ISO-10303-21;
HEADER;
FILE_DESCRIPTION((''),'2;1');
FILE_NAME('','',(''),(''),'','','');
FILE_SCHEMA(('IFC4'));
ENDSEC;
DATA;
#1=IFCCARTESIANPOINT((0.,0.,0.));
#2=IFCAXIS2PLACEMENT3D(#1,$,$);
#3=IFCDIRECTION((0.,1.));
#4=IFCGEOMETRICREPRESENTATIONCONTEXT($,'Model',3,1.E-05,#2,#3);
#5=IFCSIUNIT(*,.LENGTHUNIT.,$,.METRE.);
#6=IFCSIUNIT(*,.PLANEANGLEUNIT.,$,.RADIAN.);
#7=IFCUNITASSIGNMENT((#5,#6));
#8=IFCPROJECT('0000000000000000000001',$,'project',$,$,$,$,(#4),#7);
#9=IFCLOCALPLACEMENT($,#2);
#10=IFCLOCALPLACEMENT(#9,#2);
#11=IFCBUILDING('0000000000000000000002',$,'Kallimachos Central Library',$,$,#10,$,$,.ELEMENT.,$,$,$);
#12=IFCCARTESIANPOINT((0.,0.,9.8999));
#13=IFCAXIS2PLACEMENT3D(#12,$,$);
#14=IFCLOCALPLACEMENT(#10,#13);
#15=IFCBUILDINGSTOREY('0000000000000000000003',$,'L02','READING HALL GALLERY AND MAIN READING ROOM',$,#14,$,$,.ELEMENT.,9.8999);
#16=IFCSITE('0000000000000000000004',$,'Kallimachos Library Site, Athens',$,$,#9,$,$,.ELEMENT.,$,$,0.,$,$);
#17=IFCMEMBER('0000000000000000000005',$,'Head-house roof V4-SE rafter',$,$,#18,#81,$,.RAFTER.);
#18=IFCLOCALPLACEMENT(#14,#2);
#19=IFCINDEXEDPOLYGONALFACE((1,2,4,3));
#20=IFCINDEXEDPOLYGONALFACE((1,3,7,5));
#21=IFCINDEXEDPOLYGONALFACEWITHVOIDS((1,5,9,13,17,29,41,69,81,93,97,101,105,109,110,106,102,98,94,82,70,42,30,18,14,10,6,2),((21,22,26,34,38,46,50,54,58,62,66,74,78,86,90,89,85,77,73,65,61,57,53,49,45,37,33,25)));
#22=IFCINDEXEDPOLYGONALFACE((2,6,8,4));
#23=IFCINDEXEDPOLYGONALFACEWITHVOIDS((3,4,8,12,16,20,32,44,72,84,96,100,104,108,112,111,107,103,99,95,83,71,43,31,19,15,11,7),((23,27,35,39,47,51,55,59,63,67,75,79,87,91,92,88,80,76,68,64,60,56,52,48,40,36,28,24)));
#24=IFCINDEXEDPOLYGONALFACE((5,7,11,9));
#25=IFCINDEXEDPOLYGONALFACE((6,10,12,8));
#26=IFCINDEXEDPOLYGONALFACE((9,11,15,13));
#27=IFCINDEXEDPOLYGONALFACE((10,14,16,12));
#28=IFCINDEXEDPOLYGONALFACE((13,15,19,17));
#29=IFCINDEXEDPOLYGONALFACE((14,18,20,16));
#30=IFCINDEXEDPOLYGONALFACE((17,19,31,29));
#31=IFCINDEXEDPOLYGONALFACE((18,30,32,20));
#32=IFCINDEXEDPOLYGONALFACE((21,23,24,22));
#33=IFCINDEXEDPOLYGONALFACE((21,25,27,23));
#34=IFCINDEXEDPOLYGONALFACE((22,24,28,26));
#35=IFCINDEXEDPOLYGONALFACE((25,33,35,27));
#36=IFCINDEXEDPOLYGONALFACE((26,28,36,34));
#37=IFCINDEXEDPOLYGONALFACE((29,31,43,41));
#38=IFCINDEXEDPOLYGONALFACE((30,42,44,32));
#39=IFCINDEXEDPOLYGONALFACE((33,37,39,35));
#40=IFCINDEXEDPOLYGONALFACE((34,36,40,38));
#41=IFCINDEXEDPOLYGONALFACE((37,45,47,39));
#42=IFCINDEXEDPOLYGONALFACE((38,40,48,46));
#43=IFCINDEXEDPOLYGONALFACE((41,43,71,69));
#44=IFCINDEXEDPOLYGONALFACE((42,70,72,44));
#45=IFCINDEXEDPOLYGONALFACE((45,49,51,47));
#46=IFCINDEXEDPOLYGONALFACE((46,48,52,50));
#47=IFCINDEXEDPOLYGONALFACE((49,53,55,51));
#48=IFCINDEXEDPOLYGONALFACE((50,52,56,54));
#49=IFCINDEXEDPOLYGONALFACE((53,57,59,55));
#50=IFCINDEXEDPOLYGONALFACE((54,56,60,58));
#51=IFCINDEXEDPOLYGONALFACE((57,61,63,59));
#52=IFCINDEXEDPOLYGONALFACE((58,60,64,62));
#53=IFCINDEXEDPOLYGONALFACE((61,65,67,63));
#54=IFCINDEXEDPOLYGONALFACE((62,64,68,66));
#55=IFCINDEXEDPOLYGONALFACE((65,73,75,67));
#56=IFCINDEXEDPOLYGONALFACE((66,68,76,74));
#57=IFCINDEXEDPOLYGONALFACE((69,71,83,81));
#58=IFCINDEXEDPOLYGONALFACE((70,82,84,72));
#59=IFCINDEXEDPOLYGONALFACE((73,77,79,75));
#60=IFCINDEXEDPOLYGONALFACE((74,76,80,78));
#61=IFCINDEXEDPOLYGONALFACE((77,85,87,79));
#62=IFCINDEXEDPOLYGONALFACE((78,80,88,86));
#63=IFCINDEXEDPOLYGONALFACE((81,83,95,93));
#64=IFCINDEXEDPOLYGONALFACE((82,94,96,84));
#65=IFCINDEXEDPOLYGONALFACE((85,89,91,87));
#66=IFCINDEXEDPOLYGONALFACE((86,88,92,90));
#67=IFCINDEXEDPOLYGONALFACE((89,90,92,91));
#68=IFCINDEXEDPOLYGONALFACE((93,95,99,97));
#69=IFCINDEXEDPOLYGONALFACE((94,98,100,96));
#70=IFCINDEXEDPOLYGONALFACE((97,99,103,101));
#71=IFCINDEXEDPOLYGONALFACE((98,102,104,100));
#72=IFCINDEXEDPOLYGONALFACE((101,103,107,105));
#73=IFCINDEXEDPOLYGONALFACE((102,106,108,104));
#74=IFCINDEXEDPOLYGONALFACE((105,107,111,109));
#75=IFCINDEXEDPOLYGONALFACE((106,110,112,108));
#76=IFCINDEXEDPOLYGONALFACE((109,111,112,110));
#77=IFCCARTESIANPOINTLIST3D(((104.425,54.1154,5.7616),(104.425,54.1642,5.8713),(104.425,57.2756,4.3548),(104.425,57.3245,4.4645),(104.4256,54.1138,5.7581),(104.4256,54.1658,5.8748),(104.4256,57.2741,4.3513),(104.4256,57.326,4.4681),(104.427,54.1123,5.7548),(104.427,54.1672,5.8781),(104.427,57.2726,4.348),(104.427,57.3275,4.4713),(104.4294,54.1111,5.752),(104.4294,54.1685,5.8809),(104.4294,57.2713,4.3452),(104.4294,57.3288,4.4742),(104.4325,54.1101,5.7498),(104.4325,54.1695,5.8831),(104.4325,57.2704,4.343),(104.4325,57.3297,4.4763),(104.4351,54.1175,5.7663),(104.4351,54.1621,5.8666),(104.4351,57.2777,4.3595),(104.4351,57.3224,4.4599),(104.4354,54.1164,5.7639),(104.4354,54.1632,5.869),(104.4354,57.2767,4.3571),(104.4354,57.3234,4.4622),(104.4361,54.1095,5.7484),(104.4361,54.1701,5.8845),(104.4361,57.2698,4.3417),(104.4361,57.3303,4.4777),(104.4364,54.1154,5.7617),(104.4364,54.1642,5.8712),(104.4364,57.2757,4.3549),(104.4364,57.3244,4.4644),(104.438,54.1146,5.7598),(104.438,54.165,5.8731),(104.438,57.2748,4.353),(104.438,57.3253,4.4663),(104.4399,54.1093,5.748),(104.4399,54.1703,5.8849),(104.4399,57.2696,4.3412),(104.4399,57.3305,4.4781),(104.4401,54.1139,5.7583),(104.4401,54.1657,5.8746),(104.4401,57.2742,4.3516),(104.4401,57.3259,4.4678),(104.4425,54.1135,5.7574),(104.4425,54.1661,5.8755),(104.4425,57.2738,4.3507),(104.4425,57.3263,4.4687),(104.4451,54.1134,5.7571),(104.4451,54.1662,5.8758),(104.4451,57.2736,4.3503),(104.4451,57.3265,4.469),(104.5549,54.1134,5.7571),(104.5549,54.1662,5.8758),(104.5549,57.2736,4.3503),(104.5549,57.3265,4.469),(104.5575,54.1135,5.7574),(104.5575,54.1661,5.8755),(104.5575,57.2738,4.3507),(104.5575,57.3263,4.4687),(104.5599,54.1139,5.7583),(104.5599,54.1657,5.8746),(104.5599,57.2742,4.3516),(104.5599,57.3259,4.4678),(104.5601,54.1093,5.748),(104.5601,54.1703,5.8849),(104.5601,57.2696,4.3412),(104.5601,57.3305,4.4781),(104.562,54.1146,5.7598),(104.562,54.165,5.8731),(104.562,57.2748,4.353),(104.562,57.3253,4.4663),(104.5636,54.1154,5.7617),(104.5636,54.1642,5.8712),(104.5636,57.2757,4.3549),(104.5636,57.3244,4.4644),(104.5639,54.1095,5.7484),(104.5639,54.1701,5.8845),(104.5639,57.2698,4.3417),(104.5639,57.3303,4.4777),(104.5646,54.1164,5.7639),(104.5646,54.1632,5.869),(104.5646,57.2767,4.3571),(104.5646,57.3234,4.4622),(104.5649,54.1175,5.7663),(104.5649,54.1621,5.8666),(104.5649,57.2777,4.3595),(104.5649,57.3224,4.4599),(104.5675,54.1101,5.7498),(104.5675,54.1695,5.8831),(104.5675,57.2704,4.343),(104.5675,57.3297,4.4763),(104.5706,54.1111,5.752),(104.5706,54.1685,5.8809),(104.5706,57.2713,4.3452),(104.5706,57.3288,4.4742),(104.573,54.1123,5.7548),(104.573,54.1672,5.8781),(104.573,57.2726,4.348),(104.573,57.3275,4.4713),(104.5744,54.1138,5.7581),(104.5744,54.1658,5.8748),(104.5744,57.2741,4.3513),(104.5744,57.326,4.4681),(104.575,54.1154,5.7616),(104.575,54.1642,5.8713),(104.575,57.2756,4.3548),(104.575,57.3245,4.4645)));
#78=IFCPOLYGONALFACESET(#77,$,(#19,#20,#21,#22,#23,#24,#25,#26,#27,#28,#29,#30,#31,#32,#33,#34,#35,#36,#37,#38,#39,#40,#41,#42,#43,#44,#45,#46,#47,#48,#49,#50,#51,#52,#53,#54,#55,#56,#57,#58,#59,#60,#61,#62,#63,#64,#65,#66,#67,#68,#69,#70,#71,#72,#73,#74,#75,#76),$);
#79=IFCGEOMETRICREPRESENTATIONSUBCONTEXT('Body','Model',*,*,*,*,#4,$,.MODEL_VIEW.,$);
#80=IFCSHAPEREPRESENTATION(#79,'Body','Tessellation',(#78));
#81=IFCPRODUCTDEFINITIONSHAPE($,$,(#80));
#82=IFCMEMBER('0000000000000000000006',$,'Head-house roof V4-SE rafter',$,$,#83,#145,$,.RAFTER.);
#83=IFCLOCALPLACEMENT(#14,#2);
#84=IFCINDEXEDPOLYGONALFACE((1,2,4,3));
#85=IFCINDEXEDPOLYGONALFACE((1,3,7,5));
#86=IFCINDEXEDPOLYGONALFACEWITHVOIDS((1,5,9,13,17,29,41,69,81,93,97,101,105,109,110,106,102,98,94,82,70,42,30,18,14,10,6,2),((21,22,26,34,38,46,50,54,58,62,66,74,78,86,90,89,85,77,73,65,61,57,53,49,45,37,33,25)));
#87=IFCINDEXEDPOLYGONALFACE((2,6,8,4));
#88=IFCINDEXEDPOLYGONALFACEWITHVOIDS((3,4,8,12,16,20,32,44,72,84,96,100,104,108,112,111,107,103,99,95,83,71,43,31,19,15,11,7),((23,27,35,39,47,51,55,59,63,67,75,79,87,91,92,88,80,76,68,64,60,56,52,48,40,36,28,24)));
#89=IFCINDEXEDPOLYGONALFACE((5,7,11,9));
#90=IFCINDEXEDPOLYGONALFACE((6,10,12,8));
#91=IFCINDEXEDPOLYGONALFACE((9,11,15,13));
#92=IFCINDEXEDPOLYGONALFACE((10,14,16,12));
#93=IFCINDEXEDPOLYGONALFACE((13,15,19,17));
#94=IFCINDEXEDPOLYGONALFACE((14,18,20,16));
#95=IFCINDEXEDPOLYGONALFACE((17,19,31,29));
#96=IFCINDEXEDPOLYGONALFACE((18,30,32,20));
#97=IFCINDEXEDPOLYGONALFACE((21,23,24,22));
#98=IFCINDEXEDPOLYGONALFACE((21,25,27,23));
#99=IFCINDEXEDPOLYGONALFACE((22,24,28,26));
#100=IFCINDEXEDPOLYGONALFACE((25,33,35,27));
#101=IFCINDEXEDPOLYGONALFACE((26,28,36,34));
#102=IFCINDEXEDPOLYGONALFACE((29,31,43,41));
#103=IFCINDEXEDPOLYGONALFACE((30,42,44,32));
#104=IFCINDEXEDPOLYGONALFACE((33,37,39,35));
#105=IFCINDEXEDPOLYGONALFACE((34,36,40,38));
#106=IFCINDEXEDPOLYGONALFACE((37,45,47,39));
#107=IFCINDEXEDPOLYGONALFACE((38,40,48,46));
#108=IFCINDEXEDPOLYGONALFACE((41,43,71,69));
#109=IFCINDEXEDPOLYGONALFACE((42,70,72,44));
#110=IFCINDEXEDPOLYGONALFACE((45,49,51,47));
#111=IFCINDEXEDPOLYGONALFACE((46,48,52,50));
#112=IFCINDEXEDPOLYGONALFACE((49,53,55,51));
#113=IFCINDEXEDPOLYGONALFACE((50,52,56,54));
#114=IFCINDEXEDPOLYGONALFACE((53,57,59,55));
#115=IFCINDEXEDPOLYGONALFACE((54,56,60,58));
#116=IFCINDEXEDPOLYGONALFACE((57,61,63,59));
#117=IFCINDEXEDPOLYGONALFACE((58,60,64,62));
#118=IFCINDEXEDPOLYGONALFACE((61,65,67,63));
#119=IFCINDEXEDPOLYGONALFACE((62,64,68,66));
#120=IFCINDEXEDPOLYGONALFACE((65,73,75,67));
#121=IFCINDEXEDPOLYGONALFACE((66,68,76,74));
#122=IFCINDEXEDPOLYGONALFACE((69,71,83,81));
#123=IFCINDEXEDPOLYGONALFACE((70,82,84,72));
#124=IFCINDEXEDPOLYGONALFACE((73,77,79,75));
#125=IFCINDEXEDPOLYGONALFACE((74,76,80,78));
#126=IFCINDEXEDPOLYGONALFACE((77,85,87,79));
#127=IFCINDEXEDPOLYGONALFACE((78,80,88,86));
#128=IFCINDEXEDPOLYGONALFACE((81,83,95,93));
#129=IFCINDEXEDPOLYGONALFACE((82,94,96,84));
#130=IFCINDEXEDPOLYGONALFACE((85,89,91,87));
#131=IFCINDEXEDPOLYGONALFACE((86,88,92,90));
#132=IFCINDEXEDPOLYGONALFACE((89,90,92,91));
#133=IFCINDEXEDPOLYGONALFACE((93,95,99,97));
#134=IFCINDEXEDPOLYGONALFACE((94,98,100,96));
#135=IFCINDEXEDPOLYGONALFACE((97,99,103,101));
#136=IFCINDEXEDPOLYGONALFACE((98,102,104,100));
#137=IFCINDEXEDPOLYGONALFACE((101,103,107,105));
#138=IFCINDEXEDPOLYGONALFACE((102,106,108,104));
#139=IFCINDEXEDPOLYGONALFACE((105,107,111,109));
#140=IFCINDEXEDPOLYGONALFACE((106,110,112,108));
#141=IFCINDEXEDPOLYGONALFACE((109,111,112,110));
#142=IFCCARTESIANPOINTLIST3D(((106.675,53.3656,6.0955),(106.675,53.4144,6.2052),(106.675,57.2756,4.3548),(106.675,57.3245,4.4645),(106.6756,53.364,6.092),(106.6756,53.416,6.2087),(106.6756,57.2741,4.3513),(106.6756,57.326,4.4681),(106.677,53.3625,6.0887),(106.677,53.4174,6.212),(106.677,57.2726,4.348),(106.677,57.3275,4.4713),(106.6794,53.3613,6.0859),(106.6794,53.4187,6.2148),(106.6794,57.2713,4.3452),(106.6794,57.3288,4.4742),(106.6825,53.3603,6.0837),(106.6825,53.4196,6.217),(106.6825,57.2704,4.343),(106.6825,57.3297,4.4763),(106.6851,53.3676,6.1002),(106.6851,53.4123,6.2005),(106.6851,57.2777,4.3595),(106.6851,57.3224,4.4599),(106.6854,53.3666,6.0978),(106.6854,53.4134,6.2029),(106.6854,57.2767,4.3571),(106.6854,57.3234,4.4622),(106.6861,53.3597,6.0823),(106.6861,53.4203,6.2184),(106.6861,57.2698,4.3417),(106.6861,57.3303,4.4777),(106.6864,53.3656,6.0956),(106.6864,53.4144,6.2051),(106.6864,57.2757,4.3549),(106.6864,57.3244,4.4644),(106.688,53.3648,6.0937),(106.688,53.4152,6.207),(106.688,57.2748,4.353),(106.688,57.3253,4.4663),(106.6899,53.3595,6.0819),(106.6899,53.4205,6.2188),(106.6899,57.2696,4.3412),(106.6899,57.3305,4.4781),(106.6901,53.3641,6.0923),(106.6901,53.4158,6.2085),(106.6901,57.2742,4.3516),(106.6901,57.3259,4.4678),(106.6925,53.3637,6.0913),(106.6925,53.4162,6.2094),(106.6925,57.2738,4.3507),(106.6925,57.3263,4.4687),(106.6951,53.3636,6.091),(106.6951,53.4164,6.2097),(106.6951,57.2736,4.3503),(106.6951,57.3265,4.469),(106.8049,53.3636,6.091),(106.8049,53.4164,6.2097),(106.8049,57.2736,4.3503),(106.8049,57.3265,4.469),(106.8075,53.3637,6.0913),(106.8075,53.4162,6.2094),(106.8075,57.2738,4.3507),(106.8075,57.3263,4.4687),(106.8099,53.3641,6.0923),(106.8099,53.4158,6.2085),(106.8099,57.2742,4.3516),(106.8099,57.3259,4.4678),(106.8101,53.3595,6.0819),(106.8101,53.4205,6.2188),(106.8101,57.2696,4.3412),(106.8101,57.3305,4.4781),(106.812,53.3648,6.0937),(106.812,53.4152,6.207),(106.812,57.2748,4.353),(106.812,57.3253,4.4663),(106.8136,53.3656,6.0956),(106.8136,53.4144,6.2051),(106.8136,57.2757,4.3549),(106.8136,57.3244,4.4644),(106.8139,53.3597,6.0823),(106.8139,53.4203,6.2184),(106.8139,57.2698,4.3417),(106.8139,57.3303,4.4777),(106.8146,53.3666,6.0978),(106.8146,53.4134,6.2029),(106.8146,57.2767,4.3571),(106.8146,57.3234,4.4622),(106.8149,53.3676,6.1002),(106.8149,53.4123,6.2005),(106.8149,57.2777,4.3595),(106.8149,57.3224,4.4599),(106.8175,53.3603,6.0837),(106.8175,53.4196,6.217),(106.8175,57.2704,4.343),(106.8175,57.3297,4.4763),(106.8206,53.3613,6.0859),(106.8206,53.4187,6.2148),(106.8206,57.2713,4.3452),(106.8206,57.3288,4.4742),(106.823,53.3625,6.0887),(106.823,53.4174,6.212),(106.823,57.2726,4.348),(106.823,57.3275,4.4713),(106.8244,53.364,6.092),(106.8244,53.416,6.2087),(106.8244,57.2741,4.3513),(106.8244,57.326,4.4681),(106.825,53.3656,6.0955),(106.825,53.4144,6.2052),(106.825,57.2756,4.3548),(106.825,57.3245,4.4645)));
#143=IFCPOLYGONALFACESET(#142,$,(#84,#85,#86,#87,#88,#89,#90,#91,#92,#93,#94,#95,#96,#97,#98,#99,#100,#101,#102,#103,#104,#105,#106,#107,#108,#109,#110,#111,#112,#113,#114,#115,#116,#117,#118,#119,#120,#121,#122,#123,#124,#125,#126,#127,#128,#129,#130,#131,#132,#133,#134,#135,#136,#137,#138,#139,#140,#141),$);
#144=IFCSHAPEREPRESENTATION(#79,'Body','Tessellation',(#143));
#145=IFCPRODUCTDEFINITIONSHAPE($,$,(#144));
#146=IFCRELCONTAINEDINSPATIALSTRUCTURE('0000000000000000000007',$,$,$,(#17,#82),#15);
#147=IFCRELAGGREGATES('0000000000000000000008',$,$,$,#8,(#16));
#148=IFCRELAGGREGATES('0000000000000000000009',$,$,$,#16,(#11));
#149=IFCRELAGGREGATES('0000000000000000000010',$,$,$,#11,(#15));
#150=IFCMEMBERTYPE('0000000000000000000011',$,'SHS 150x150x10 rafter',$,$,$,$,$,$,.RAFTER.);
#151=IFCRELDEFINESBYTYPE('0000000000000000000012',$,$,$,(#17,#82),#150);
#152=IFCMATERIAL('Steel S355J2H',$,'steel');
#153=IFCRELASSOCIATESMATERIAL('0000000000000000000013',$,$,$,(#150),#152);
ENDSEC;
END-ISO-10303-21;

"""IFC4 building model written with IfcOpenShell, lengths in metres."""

from ifc_helpers import new_model, si_unit, direction, frame, origin, origin_2d, place, context, subcontext, project, spatial, hollow_rectangle, extrude, material, material_profile, profile_set, type_object, element, save


model = new_model("IFC4")

# Units and contexts
model_context = context("Model", 3, precision=1e-05, world=origin(), true_north=direction((0.0, 1.0)))
body_context = subcontext(model_context, "Body", "Model", "MODEL_VIEW")
ifc_project = project(units=[si_unit("LENGTHUNIT", "METRE"), si_unit("PLANEANGLEUNIT", "RADIAN")], contexts=[model_context])

# Site, building, storey
site_placement = place(None, origin())
site = spatial("IfcSite", under=ifc_project, at=site_placement, Name="Kallimachos Library Site, Athens", CompositionType="ELEMENT", RefElevation=0.0)
building_placement = place(site_placement, origin())
building = spatial("IfcBuilding", under=site, at=building_placement, Name="Kallimachos Central Library", CompositionType="ELEMENT")
storey_placement = place(building_placement, frame((0.0, 0.0, 9.8999)))
storey = spatial("IfcBuildingStorey", under=building, at=storey_placement, Name="L02", Description="READING HALL GALLERY AND MAIN READING ROOM", CompositionType="ELEMENT", Elevation=9.8999)

# Members
ifc_material_1 = material(Name="Steel S355J2H", Category="steel")
ifc_material_profile_1 = material_profile(ifc_material_1, hollow_rectangle(XDim=0.1499, YDim=0.1499, WallThickness=0.01, InnerFilletRadius=0.01, OuterFilletRadius=0.0149, at=origin_2d()), Name="SHS 150x150x10")
ifc_profile_set_1 = profile_set([ifc_material_profile_1], Name="Steel S355J2H")
member_type_1 = type_object("IfcMemberType", Name="SHS 150x150x10 rafter", PredefinedType="RAFTER", material=ifc_profile_set_1)
member_1_placement = place(storey_placement, frame((104.5, 57.3, 4.4097), z_axis=(0.0, -0.913573, 0.406675), x_axis=(1.0, 0.0, 0.0)))
element("IfcMember", 1, at=member_1_placement, inside=storey, type_object=member_type_1, Name="Head-house roof V4-SE rafter", PredefinedType="RAFTER", context=body_context, shape_type="SweptSolid", body=[
    extrude(hollow_rectangle(XDim=0.1499, YDim=0.1499, WallThickness=0.01, InnerFilletRadius=0.01, OuterFilletRadius=0.0149, at=origin_2d()), origin(), (0.0, 0.0, 1.0), 3.4592),
])
member_2_placement = place(storey_placement, frame((106.75, 57.3, 4.4097), z_axis=(0.0, -0.913562, 0.406699), x_axis=(1.0, 0.0, 0.0)))
element("IfcMember", 2, at=member_2_placement, inside=storey, type_object=member_type_1, Name="Head-house roof V4-SE rafter", PredefinedType="RAFTER", context=body_context, shape_type="SweptSolid", body=[
    extrude(hollow_rectangle(XDim=0.1499, YDim=0.1499, WallThickness=0.01, InnerFilletRadius=0.01, OuterFilletRadius=0.0149, at=origin_2d()), origin(), (0.0, 0.0, 1.0), 4.28),
])

save(model, "model.ifc")
